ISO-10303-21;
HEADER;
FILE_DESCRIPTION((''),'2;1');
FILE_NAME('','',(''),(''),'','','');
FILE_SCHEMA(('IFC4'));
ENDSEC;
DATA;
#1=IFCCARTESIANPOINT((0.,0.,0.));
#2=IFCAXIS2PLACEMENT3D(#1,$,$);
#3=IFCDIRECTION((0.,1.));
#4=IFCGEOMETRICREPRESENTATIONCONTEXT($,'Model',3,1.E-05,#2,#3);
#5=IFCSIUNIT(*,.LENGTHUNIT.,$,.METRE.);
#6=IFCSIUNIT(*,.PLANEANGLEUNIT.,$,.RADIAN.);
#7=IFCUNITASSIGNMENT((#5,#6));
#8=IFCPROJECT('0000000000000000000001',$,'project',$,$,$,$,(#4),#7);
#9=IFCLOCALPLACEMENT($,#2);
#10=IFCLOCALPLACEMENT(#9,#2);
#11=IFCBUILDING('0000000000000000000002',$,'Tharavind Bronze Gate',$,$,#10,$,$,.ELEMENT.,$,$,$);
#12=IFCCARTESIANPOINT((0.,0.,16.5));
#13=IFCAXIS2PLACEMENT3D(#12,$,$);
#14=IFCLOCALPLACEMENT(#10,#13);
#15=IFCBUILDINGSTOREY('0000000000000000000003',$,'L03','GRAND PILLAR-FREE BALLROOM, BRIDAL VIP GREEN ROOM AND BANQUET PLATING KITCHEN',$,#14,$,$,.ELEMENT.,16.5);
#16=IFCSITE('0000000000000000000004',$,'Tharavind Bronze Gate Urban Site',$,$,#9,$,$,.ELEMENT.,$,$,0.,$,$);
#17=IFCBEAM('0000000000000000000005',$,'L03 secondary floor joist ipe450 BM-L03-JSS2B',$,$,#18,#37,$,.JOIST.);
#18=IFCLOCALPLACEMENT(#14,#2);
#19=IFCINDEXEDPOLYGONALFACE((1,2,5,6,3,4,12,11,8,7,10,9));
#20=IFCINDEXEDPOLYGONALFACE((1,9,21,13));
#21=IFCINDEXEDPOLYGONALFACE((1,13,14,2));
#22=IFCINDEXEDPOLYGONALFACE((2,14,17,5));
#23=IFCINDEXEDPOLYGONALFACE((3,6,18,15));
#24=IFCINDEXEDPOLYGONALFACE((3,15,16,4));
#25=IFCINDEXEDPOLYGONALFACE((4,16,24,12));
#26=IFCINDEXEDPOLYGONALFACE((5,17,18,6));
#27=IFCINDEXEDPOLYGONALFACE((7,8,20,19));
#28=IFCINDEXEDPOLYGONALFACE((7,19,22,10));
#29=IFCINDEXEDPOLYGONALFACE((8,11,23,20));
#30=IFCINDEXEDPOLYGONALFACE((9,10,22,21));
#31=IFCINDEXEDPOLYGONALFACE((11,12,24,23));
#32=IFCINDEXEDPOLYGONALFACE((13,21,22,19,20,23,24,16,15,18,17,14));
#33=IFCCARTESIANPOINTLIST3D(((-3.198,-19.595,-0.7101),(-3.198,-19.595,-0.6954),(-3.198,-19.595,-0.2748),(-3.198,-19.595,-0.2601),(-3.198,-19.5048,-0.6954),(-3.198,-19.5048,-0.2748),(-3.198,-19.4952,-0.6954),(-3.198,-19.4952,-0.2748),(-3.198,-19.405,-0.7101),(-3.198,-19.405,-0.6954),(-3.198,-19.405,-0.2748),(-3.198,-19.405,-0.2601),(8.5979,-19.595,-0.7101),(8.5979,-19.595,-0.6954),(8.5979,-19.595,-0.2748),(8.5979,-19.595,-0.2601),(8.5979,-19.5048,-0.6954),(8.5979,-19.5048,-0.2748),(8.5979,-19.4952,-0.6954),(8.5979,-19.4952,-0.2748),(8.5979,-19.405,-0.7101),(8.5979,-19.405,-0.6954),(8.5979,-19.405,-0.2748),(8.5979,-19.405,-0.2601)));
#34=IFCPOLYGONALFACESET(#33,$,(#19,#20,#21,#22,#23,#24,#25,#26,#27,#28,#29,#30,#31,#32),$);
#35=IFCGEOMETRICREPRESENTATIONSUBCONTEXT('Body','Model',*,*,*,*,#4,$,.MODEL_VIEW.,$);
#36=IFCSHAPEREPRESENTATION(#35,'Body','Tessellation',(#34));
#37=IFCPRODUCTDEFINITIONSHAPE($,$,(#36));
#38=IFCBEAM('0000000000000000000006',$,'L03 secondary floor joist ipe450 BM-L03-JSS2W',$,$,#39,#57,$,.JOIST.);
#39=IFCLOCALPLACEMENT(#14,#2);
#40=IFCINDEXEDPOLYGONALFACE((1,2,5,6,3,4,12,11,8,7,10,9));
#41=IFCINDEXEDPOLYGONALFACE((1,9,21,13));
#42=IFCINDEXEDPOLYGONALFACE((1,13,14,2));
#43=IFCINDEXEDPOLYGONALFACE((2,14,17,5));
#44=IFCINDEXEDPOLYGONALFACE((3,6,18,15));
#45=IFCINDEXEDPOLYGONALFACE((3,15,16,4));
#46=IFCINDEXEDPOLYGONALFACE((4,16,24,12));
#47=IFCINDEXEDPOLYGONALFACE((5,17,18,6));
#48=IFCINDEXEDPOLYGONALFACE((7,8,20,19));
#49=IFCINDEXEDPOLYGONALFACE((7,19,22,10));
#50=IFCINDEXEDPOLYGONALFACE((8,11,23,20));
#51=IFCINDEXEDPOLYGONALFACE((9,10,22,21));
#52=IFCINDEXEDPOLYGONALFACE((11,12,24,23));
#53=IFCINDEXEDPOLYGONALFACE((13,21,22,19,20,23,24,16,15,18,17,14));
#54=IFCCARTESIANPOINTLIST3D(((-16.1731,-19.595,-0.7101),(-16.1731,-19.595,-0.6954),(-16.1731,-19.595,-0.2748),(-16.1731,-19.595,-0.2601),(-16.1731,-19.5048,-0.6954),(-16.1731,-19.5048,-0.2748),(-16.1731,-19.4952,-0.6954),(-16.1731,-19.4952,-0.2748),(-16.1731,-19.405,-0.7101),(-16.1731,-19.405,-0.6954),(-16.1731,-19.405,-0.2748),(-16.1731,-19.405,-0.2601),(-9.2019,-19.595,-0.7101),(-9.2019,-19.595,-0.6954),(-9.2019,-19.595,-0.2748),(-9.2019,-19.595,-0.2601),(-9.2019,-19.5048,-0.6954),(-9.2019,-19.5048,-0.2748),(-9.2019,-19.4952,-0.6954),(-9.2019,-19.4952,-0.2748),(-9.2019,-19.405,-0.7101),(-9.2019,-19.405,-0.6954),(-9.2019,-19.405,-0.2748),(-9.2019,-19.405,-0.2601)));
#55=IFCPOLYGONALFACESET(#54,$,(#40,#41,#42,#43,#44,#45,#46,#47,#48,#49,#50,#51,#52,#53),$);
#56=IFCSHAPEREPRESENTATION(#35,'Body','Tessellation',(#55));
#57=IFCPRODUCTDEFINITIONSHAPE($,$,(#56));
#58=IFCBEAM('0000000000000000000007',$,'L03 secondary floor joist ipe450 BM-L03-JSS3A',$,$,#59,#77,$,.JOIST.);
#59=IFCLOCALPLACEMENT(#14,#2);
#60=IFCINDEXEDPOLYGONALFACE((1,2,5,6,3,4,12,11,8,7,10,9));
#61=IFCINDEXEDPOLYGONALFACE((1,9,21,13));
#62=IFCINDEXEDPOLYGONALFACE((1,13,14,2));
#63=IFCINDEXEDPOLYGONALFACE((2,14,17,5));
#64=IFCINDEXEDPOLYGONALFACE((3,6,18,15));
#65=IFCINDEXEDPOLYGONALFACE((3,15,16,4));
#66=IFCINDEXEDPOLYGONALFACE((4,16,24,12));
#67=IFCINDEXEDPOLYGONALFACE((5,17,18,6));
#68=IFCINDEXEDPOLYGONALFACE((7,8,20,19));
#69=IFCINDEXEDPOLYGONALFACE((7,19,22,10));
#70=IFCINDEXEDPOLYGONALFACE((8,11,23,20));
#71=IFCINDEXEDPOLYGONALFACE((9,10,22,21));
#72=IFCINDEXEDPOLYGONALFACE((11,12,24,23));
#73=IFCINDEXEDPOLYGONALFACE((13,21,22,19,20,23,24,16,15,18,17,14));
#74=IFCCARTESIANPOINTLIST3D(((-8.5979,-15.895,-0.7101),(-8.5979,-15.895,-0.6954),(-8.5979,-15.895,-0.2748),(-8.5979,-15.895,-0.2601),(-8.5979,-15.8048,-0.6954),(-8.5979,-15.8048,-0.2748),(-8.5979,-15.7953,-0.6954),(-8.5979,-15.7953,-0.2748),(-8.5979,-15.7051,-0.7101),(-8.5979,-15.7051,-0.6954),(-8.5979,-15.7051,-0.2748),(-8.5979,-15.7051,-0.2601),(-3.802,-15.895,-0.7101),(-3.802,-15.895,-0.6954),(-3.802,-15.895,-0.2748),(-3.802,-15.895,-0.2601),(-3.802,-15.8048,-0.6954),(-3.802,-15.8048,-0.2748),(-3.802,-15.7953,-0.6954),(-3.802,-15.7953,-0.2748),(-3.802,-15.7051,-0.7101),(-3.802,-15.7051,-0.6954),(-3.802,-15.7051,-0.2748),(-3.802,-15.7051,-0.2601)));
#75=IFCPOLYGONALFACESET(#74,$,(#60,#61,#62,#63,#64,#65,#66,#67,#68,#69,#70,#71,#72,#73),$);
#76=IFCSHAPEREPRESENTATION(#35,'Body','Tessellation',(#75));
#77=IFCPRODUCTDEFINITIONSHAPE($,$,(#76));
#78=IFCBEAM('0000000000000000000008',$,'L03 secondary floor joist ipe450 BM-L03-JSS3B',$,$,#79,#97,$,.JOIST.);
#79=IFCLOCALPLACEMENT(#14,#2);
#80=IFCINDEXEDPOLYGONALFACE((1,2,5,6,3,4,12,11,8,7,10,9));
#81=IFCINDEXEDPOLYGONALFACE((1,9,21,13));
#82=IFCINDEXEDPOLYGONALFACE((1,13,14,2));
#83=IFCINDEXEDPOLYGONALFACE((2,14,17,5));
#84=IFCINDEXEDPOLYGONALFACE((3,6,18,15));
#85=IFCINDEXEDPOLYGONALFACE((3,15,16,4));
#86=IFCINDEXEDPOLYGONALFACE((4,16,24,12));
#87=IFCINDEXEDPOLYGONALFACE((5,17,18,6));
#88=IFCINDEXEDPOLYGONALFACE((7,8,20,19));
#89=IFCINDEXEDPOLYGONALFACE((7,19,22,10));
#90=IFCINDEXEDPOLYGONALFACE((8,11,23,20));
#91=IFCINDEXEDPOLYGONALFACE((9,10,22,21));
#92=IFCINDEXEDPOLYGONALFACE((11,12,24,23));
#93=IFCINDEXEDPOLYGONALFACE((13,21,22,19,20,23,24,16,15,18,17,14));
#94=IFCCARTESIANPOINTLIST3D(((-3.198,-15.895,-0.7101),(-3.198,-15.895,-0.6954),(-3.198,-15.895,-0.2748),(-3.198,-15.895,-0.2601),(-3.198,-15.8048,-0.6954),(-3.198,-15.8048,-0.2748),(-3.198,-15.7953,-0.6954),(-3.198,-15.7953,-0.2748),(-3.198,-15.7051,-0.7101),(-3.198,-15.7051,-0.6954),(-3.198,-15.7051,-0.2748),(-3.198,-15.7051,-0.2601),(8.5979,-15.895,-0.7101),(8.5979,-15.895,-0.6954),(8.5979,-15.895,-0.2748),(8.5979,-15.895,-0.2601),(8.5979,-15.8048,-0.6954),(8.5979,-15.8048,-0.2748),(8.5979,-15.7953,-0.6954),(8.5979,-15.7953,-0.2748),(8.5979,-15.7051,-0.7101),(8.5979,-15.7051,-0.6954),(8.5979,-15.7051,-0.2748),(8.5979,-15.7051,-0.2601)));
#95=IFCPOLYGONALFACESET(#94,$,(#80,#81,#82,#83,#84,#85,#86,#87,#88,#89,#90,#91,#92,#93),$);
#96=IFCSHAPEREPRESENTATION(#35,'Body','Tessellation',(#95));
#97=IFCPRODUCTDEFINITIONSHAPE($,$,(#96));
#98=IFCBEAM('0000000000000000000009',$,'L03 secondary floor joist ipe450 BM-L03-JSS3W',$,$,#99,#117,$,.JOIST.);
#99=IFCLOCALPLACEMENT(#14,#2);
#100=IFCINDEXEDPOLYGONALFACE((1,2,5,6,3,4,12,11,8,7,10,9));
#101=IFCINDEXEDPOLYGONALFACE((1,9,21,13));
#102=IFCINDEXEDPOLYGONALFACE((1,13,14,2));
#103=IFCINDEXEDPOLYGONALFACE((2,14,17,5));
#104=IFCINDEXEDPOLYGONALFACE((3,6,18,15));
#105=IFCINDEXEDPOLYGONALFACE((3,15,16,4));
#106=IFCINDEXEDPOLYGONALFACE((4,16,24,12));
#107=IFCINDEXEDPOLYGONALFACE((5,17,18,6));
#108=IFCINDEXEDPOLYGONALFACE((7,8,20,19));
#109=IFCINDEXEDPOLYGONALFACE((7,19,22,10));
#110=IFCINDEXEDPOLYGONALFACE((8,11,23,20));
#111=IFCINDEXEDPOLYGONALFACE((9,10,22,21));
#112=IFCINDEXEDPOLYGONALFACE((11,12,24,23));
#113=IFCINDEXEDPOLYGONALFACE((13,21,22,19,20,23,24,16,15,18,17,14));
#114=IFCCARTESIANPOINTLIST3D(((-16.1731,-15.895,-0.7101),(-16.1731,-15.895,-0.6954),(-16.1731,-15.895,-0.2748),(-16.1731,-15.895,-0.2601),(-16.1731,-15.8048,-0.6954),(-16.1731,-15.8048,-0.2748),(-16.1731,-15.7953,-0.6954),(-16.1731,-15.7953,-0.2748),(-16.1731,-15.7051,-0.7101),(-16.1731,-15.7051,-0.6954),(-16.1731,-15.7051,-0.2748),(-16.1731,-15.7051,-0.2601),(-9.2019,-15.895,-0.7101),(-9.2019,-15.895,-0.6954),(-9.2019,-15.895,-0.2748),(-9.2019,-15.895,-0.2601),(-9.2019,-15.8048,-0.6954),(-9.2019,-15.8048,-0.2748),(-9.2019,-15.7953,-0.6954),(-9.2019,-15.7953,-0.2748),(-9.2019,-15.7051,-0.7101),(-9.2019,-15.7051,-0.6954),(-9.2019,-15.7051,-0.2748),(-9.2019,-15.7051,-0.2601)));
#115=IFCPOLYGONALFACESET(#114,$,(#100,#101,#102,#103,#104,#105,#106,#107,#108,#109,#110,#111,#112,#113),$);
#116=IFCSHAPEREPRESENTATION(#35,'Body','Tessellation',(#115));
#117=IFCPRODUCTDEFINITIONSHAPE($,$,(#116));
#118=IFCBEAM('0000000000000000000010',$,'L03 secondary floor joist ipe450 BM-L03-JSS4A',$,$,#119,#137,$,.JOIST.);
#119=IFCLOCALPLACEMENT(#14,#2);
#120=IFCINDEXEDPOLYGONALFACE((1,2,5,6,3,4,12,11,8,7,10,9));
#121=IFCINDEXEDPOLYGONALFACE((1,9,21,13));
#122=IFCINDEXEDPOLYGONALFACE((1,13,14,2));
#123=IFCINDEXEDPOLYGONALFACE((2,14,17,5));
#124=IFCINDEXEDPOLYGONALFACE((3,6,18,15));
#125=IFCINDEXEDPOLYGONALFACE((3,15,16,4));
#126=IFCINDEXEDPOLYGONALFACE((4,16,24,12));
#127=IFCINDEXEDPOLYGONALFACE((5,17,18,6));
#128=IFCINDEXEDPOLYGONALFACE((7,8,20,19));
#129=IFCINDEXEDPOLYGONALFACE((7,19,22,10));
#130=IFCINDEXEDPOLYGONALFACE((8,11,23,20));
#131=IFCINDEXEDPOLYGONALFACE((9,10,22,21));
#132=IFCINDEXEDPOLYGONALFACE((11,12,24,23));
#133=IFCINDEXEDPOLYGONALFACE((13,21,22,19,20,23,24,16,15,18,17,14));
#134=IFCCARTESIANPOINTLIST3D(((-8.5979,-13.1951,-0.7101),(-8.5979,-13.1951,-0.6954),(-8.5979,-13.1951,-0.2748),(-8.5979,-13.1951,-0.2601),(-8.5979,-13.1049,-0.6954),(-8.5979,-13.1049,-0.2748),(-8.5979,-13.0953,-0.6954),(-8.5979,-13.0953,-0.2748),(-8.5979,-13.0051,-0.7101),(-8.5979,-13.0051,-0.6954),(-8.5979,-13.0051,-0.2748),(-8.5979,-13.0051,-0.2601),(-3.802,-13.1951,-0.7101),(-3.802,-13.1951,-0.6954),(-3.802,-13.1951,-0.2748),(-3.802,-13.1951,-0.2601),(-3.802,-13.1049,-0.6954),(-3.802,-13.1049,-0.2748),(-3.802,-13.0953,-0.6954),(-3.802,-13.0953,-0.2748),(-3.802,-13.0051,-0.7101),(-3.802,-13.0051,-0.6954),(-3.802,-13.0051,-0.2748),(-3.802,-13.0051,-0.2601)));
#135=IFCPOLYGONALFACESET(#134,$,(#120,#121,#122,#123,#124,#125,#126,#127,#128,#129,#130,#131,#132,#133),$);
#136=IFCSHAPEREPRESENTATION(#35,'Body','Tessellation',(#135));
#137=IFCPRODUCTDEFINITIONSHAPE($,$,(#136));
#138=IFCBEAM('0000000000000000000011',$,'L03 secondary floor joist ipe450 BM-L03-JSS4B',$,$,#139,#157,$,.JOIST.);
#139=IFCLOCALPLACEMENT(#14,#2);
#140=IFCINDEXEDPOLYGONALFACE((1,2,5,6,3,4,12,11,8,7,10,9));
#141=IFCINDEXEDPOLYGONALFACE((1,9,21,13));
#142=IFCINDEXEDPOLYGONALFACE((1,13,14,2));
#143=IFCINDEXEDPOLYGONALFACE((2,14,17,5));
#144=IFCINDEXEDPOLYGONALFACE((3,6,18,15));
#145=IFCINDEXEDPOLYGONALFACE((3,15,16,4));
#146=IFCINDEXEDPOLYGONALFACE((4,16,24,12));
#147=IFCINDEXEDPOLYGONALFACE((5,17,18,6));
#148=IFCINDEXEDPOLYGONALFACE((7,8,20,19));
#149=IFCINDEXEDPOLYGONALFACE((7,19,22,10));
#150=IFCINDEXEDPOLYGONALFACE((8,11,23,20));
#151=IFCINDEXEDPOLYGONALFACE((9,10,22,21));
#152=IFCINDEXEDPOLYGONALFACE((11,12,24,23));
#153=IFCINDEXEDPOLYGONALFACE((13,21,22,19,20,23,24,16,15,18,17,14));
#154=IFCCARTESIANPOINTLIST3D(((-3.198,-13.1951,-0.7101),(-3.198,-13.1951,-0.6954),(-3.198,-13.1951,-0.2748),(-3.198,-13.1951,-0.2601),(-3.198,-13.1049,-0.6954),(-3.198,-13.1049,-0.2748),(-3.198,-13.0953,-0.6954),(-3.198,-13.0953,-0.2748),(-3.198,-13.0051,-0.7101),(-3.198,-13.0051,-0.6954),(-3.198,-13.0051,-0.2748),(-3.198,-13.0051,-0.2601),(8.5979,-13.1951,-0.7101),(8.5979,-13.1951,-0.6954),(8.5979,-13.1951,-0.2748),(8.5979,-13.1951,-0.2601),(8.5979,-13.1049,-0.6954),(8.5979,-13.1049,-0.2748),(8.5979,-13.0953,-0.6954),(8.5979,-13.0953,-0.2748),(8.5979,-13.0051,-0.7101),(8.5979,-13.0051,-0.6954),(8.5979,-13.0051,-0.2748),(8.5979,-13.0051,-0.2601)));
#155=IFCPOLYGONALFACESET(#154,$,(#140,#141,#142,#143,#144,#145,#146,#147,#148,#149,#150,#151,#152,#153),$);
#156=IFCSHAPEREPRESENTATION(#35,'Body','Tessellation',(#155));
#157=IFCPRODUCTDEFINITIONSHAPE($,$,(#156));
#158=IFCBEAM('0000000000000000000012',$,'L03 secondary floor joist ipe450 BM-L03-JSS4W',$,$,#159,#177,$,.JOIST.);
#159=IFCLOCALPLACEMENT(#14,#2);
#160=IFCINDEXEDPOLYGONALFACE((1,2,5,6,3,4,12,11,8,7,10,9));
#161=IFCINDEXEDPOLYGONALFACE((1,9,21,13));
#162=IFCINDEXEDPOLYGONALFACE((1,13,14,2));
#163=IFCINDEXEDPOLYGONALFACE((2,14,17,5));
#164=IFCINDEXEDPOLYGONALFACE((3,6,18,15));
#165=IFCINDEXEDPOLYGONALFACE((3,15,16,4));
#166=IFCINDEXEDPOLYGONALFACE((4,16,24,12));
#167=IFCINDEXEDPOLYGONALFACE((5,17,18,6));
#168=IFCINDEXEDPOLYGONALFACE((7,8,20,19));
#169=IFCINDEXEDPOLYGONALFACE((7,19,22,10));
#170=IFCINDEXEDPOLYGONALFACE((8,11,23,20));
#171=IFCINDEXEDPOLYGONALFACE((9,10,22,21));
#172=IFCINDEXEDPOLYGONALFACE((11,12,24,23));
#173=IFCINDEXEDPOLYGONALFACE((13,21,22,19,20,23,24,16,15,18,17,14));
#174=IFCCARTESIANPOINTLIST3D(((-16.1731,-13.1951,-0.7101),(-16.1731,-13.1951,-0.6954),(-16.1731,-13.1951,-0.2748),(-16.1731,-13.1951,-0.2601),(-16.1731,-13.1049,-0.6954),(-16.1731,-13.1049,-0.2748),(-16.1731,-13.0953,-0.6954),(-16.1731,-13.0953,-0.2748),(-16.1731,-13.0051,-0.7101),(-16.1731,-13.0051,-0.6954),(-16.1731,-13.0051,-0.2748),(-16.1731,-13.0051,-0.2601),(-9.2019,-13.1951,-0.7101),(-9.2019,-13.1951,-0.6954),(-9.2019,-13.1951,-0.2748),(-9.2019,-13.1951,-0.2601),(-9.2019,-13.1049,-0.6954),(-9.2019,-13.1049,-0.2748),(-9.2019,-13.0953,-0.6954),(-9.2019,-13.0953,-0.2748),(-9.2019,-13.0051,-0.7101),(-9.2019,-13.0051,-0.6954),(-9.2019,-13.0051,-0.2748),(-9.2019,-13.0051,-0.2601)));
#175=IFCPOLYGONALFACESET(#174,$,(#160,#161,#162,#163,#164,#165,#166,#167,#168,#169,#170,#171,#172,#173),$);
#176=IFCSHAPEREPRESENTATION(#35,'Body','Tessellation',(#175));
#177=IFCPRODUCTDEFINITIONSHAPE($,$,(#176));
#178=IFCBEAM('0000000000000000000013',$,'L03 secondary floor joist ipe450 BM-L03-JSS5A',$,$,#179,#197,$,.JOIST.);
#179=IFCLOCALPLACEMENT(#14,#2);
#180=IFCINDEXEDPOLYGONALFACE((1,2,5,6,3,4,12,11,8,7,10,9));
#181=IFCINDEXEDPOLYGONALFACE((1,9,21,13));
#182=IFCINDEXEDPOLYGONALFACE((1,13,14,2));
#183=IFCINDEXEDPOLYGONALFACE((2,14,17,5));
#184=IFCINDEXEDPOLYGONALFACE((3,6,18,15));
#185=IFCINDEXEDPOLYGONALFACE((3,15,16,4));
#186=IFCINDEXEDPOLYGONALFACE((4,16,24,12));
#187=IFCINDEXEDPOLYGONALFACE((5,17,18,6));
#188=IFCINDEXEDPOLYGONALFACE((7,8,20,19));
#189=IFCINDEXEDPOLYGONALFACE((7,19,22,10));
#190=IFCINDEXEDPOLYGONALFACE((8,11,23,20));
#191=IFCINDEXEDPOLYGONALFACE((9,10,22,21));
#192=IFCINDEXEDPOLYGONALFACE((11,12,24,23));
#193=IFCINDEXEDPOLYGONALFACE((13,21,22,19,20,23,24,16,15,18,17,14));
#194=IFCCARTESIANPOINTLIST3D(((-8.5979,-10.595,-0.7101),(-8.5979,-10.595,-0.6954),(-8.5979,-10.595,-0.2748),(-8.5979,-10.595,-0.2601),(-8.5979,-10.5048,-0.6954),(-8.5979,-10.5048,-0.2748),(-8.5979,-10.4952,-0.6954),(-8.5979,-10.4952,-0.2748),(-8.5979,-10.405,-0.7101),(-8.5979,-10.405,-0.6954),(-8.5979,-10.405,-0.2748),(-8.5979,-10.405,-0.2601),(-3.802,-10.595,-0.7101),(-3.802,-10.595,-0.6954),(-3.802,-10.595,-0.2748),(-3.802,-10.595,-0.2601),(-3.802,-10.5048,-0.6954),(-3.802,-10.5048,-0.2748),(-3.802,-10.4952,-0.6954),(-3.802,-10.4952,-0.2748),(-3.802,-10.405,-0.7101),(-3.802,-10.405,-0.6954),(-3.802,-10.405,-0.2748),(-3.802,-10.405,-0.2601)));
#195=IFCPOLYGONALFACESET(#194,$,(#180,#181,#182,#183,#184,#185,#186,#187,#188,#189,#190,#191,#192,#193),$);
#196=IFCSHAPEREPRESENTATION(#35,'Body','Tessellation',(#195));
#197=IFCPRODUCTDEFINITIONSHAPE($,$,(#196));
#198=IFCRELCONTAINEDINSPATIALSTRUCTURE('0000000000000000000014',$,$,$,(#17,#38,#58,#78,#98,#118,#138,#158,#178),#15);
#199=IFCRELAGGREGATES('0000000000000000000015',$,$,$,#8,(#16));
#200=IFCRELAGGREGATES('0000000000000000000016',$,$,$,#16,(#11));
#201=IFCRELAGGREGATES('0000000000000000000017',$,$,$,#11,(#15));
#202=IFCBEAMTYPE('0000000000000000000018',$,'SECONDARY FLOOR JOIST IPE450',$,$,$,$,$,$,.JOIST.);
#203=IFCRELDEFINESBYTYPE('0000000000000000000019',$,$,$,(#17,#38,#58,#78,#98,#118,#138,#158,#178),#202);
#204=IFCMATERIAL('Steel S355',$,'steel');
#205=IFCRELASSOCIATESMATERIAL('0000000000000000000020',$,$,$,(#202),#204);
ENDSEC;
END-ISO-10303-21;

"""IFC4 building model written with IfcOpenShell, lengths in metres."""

from ifc_helpers import new_model, si_unit, direction, frame, origin, origin_2d, place, context, subcontext, project, spatial, i_section, extrude, material, material_profile, profile_set, type_object, element, save


model = new_model("IFC4")

# Units and contexts
model_context = context("Model", 3, precision=1e-05, world=origin(), true_north=direction((0.0, 1.0)))
body_context = subcontext(model_context, "Body", "Model", "MODEL_VIEW")
ifc_project = project(units=[si_unit("LENGTHUNIT", "METRE"), si_unit("PLANEANGLEUNIT", "RADIAN")], contexts=[model_context])

# Site, building, storey
site_placement = place(None, origin())
site = spatial("IfcSite", under=ifc_project, at=site_placement, Name="Tharavind Bronze Gate Urban Site", CompositionType="ELEMENT", RefElevation=0.0)
building_placement = place(site_placement, origin())
building = spatial("IfcBuilding", under=site, at=building_placement, Name="Tharavind Bronze Gate", CompositionType="ELEMENT")
storey_placement = place(building_placement, frame((0.0, 0.0, 16.5)))
storey = spatial("IfcBuildingStorey", under=building, at=storey_placement, Name="L03", Description="GRAND PILLAR-FREE BALLROOM, BRIDAL VIP GREEN ROOM AND BANQUET PLATING KITCHEN", CompositionType="ELEMENT", Elevation=16.5)

# Beams
ifc_material_1 = material(Name="Steel S355", Category="steel")
ifc_material_profile_1 = material_profile(ifc_material_1, i_section(OverallWidth=0.1899, OverallDepth=0.45, WebThickness=0.0095, FlangeThickness=0.0146, at=origin_2d()), Name="IPE450")
ifc_profile_set_1 = profile_set([ifc_material_profile_1], Name="Steel S355")
beam_type_1 = type_object("IfcBeamType", Name="SECONDARY FLOOR JOIST IPE450", PredefinedType="JOIST", material=ifc_profile_set_1)
beam_1_placement = place(storey_placement, frame((-3.198, -19.5, -0.4851), z_axis=(1.0, 0.0, 0.0), x_axis=(0.0, 1.0, 0.0)))
element("IfcBeam", 1, at=beam_1_placement, inside=storey, type_object=beam_type_1, Name="L03 secondary floor joist ipe450 BM-L03-JSS2B", PredefinedType="JOIST", context=body_context, shape_type="SweptSolid", body=[
    extrude(i_section(OverallWidth=0.1899, OverallDepth=0.45, WebThickness=0.0095, FlangeThickness=0.0146, at=origin_2d()), origin(), (0.0, 0.0, 1.0), 11.7959),
])
beam_2_placement = place(storey_placement, frame((-16.1731, -19.5, -0.4851), z_axis=(1.0, 0.0, 0.0), x_axis=(0.0, 1.0, 0.0)))
element("IfcBeam", 2, at=beam_2_placement, inside=storey, type_object=beam_type_1, Name="L03 secondary floor joist ipe450 BM-L03-JSS2W", PredefinedType="JOIST", context=body_context, shape_type="SweptSolid", body=[
    extrude(i_section(OverallWidth=0.1899, OverallDepth=0.45, WebThickness=0.0095, FlangeThickness=0.0146, at=origin_2d()), origin(), (0.0, 0.0, 1.0), 6.9712),
])
beam_3_placement = place(storey_placement, frame((-8.5979, -15.8, -0.4851), z_axis=(1.0, 0.0, 0.0), x_axis=(0.0, 1.0, 0.0)))
element("IfcBeam", 3, at=beam_3_placement, inside=storey, type_object=beam_type_1, Name="L03 secondary floor joist ipe450 BM-L03-JSS3A", PredefinedType="JOIST", context=body_context, shape_type="SweptSolid", body=[
    extrude(i_section(OverallWidth=0.1899, OverallDepth=0.45, WebThickness=0.0095, FlangeThickness=0.0146, at=origin_2d()), origin(), (0.0, 0.0, 1.0), 4.7959),
])
beam_4_placement = place(storey_placement, frame((-3.198, -15.8, -0.4851), z_axis=(1.0, 0.0, 0.0), x_axis=(0.0, 1.0, 0.0)))
element("IfcBeam", 4, at=beam_4_placement, inside=storey, type_object=beam_type_1, Name="L03 secondary floor joist ipe450 BM-L03-JSS3B", PredefinedType="JOIST", context=body_context, shape_type="SweptSolid", body=[
    extrude(i_section(OverallWidth=0.1899, OverallDepth=0.45, WebThickness=0.0095, FlangeThickness=0.0146, at=origin_2d()), origin(), (0.0, 0.0, 1.0), 11.7959),
])
beam_5_placement = place(storey_placement, frame((-16.1731, -15.8, -0.4851), z_axis=(1.0, 0.0, 0.0), x_axis=(0.0, 1.0, 0.0)))
element("IfcBeam", 5, at=beam_5_placement, inside=storey, type_object=beam_type_1, Name="L03 secondary floor joist ipe450 BM-L03-JSS3W", PredefinedType="JOIST", context=body_context, shape_type="SweptSolid", body=[
    extrude(i_section(OverallWidth=0.1899, OverallDepth=0.45, WebThickness=0.0095, FlangeThickness=0.0146, at=origin_2d()), origin(), (0.0, 0.0, 1.0), 6.9712),
])
beam_6_placement = place(storey_placement, frame((-8.5979, -13.1001, -0.4851), z_axis=(1.0, 0.0, 0.0), x_axis=(0.0, 1.0, 0.0)))
element("IfcBeam", 6, at=beam_6_placement, inside=storey, type_object=beam_type_1, Name="L03 secondary floor joist ipe450 BM-L03-JSS4A", PredefinedType="JOIST", context=body_context, shape_type="SweptSolid", body=[
    extrude(i_section(OverallWidth=0.1899, OverallDepth=0.45, WebThickness=0.0095, FlangeThickness=0.0146, at=origin_2d()), origin(), (0.0, 0.0, 1.0), 4.7959),
])
beam_7_placement = place(storey_placement, frame((-3.198, -13.1001, -0.4851), z_axis=(1.0, 0.0, 0.0), x_axis=(0.0, 1.0, 0.0)))
element("IfcBeam", 7, at=beam_7_placement, inside=storey, type_object=beam_type_1, Name="L03 secondary floor joist ipe450 BM-L03-JSS4B", PredefinedType="JOIST", context=body_context, shape_type="SweptSolid", body=[
    extrude(i_section(OverallWidth=0.1899, OverallDepth=0.45, WebThickness=0.0095, FlangeThickness=0.0146, at=origin_2d()), origin(), (0.0, 0.0, 1.0), 11.7959),
])
beam_8_placement = place(storey_placement, frame((-16.1731, -13.1001, -0.4851), z_axis=(1.0, 0.0, 0.0), x_axis=(0.0, 1.0, 0.0)))
element("IfcBeam", 8, at=beam_8_placement, inside=storey, type_object=beam_type_1, Name="L03 secondary floor joist ipe450 BM-L03-JSS4W", PredefinedType="JOIST", context=body_context, shape_type="SweptSolid", body=[
    extrude(i_section(OverallWidth=0.1899, OverallDepth=0.45, WebThickness=0.0095, FlangeThickness=0.0146, at=origin_2d()), origin(), (0.0, 0.0, 1.0), 6.9712),
])
beam_9_placement = place(storey_placement, frame((-8.5979, -10.5, -0.4851), z_axis=(1.0, 0.0, 0.0), x_axis=(0.0, 1.0, 0.0)))
element("IfcBeam", 9, at=beam_9_placement, inside=storey, type_object=beam_type_1, Name="L03 secondary floor joist ipe450 BM-L03-JSS5A", PredefinedType="JOIST", context=body_context, shape_type="SweptSolid", body=[
    extrude(i_section(OverallWidth=0.1899, OverallDepth=0.45, WebThickness=0.0095, FlangeThickness=0.0146, at=origin_2d()), origin(), (0.0, 0.0, 1.0), 4.7959),
])

save(model, "model.ifc")
